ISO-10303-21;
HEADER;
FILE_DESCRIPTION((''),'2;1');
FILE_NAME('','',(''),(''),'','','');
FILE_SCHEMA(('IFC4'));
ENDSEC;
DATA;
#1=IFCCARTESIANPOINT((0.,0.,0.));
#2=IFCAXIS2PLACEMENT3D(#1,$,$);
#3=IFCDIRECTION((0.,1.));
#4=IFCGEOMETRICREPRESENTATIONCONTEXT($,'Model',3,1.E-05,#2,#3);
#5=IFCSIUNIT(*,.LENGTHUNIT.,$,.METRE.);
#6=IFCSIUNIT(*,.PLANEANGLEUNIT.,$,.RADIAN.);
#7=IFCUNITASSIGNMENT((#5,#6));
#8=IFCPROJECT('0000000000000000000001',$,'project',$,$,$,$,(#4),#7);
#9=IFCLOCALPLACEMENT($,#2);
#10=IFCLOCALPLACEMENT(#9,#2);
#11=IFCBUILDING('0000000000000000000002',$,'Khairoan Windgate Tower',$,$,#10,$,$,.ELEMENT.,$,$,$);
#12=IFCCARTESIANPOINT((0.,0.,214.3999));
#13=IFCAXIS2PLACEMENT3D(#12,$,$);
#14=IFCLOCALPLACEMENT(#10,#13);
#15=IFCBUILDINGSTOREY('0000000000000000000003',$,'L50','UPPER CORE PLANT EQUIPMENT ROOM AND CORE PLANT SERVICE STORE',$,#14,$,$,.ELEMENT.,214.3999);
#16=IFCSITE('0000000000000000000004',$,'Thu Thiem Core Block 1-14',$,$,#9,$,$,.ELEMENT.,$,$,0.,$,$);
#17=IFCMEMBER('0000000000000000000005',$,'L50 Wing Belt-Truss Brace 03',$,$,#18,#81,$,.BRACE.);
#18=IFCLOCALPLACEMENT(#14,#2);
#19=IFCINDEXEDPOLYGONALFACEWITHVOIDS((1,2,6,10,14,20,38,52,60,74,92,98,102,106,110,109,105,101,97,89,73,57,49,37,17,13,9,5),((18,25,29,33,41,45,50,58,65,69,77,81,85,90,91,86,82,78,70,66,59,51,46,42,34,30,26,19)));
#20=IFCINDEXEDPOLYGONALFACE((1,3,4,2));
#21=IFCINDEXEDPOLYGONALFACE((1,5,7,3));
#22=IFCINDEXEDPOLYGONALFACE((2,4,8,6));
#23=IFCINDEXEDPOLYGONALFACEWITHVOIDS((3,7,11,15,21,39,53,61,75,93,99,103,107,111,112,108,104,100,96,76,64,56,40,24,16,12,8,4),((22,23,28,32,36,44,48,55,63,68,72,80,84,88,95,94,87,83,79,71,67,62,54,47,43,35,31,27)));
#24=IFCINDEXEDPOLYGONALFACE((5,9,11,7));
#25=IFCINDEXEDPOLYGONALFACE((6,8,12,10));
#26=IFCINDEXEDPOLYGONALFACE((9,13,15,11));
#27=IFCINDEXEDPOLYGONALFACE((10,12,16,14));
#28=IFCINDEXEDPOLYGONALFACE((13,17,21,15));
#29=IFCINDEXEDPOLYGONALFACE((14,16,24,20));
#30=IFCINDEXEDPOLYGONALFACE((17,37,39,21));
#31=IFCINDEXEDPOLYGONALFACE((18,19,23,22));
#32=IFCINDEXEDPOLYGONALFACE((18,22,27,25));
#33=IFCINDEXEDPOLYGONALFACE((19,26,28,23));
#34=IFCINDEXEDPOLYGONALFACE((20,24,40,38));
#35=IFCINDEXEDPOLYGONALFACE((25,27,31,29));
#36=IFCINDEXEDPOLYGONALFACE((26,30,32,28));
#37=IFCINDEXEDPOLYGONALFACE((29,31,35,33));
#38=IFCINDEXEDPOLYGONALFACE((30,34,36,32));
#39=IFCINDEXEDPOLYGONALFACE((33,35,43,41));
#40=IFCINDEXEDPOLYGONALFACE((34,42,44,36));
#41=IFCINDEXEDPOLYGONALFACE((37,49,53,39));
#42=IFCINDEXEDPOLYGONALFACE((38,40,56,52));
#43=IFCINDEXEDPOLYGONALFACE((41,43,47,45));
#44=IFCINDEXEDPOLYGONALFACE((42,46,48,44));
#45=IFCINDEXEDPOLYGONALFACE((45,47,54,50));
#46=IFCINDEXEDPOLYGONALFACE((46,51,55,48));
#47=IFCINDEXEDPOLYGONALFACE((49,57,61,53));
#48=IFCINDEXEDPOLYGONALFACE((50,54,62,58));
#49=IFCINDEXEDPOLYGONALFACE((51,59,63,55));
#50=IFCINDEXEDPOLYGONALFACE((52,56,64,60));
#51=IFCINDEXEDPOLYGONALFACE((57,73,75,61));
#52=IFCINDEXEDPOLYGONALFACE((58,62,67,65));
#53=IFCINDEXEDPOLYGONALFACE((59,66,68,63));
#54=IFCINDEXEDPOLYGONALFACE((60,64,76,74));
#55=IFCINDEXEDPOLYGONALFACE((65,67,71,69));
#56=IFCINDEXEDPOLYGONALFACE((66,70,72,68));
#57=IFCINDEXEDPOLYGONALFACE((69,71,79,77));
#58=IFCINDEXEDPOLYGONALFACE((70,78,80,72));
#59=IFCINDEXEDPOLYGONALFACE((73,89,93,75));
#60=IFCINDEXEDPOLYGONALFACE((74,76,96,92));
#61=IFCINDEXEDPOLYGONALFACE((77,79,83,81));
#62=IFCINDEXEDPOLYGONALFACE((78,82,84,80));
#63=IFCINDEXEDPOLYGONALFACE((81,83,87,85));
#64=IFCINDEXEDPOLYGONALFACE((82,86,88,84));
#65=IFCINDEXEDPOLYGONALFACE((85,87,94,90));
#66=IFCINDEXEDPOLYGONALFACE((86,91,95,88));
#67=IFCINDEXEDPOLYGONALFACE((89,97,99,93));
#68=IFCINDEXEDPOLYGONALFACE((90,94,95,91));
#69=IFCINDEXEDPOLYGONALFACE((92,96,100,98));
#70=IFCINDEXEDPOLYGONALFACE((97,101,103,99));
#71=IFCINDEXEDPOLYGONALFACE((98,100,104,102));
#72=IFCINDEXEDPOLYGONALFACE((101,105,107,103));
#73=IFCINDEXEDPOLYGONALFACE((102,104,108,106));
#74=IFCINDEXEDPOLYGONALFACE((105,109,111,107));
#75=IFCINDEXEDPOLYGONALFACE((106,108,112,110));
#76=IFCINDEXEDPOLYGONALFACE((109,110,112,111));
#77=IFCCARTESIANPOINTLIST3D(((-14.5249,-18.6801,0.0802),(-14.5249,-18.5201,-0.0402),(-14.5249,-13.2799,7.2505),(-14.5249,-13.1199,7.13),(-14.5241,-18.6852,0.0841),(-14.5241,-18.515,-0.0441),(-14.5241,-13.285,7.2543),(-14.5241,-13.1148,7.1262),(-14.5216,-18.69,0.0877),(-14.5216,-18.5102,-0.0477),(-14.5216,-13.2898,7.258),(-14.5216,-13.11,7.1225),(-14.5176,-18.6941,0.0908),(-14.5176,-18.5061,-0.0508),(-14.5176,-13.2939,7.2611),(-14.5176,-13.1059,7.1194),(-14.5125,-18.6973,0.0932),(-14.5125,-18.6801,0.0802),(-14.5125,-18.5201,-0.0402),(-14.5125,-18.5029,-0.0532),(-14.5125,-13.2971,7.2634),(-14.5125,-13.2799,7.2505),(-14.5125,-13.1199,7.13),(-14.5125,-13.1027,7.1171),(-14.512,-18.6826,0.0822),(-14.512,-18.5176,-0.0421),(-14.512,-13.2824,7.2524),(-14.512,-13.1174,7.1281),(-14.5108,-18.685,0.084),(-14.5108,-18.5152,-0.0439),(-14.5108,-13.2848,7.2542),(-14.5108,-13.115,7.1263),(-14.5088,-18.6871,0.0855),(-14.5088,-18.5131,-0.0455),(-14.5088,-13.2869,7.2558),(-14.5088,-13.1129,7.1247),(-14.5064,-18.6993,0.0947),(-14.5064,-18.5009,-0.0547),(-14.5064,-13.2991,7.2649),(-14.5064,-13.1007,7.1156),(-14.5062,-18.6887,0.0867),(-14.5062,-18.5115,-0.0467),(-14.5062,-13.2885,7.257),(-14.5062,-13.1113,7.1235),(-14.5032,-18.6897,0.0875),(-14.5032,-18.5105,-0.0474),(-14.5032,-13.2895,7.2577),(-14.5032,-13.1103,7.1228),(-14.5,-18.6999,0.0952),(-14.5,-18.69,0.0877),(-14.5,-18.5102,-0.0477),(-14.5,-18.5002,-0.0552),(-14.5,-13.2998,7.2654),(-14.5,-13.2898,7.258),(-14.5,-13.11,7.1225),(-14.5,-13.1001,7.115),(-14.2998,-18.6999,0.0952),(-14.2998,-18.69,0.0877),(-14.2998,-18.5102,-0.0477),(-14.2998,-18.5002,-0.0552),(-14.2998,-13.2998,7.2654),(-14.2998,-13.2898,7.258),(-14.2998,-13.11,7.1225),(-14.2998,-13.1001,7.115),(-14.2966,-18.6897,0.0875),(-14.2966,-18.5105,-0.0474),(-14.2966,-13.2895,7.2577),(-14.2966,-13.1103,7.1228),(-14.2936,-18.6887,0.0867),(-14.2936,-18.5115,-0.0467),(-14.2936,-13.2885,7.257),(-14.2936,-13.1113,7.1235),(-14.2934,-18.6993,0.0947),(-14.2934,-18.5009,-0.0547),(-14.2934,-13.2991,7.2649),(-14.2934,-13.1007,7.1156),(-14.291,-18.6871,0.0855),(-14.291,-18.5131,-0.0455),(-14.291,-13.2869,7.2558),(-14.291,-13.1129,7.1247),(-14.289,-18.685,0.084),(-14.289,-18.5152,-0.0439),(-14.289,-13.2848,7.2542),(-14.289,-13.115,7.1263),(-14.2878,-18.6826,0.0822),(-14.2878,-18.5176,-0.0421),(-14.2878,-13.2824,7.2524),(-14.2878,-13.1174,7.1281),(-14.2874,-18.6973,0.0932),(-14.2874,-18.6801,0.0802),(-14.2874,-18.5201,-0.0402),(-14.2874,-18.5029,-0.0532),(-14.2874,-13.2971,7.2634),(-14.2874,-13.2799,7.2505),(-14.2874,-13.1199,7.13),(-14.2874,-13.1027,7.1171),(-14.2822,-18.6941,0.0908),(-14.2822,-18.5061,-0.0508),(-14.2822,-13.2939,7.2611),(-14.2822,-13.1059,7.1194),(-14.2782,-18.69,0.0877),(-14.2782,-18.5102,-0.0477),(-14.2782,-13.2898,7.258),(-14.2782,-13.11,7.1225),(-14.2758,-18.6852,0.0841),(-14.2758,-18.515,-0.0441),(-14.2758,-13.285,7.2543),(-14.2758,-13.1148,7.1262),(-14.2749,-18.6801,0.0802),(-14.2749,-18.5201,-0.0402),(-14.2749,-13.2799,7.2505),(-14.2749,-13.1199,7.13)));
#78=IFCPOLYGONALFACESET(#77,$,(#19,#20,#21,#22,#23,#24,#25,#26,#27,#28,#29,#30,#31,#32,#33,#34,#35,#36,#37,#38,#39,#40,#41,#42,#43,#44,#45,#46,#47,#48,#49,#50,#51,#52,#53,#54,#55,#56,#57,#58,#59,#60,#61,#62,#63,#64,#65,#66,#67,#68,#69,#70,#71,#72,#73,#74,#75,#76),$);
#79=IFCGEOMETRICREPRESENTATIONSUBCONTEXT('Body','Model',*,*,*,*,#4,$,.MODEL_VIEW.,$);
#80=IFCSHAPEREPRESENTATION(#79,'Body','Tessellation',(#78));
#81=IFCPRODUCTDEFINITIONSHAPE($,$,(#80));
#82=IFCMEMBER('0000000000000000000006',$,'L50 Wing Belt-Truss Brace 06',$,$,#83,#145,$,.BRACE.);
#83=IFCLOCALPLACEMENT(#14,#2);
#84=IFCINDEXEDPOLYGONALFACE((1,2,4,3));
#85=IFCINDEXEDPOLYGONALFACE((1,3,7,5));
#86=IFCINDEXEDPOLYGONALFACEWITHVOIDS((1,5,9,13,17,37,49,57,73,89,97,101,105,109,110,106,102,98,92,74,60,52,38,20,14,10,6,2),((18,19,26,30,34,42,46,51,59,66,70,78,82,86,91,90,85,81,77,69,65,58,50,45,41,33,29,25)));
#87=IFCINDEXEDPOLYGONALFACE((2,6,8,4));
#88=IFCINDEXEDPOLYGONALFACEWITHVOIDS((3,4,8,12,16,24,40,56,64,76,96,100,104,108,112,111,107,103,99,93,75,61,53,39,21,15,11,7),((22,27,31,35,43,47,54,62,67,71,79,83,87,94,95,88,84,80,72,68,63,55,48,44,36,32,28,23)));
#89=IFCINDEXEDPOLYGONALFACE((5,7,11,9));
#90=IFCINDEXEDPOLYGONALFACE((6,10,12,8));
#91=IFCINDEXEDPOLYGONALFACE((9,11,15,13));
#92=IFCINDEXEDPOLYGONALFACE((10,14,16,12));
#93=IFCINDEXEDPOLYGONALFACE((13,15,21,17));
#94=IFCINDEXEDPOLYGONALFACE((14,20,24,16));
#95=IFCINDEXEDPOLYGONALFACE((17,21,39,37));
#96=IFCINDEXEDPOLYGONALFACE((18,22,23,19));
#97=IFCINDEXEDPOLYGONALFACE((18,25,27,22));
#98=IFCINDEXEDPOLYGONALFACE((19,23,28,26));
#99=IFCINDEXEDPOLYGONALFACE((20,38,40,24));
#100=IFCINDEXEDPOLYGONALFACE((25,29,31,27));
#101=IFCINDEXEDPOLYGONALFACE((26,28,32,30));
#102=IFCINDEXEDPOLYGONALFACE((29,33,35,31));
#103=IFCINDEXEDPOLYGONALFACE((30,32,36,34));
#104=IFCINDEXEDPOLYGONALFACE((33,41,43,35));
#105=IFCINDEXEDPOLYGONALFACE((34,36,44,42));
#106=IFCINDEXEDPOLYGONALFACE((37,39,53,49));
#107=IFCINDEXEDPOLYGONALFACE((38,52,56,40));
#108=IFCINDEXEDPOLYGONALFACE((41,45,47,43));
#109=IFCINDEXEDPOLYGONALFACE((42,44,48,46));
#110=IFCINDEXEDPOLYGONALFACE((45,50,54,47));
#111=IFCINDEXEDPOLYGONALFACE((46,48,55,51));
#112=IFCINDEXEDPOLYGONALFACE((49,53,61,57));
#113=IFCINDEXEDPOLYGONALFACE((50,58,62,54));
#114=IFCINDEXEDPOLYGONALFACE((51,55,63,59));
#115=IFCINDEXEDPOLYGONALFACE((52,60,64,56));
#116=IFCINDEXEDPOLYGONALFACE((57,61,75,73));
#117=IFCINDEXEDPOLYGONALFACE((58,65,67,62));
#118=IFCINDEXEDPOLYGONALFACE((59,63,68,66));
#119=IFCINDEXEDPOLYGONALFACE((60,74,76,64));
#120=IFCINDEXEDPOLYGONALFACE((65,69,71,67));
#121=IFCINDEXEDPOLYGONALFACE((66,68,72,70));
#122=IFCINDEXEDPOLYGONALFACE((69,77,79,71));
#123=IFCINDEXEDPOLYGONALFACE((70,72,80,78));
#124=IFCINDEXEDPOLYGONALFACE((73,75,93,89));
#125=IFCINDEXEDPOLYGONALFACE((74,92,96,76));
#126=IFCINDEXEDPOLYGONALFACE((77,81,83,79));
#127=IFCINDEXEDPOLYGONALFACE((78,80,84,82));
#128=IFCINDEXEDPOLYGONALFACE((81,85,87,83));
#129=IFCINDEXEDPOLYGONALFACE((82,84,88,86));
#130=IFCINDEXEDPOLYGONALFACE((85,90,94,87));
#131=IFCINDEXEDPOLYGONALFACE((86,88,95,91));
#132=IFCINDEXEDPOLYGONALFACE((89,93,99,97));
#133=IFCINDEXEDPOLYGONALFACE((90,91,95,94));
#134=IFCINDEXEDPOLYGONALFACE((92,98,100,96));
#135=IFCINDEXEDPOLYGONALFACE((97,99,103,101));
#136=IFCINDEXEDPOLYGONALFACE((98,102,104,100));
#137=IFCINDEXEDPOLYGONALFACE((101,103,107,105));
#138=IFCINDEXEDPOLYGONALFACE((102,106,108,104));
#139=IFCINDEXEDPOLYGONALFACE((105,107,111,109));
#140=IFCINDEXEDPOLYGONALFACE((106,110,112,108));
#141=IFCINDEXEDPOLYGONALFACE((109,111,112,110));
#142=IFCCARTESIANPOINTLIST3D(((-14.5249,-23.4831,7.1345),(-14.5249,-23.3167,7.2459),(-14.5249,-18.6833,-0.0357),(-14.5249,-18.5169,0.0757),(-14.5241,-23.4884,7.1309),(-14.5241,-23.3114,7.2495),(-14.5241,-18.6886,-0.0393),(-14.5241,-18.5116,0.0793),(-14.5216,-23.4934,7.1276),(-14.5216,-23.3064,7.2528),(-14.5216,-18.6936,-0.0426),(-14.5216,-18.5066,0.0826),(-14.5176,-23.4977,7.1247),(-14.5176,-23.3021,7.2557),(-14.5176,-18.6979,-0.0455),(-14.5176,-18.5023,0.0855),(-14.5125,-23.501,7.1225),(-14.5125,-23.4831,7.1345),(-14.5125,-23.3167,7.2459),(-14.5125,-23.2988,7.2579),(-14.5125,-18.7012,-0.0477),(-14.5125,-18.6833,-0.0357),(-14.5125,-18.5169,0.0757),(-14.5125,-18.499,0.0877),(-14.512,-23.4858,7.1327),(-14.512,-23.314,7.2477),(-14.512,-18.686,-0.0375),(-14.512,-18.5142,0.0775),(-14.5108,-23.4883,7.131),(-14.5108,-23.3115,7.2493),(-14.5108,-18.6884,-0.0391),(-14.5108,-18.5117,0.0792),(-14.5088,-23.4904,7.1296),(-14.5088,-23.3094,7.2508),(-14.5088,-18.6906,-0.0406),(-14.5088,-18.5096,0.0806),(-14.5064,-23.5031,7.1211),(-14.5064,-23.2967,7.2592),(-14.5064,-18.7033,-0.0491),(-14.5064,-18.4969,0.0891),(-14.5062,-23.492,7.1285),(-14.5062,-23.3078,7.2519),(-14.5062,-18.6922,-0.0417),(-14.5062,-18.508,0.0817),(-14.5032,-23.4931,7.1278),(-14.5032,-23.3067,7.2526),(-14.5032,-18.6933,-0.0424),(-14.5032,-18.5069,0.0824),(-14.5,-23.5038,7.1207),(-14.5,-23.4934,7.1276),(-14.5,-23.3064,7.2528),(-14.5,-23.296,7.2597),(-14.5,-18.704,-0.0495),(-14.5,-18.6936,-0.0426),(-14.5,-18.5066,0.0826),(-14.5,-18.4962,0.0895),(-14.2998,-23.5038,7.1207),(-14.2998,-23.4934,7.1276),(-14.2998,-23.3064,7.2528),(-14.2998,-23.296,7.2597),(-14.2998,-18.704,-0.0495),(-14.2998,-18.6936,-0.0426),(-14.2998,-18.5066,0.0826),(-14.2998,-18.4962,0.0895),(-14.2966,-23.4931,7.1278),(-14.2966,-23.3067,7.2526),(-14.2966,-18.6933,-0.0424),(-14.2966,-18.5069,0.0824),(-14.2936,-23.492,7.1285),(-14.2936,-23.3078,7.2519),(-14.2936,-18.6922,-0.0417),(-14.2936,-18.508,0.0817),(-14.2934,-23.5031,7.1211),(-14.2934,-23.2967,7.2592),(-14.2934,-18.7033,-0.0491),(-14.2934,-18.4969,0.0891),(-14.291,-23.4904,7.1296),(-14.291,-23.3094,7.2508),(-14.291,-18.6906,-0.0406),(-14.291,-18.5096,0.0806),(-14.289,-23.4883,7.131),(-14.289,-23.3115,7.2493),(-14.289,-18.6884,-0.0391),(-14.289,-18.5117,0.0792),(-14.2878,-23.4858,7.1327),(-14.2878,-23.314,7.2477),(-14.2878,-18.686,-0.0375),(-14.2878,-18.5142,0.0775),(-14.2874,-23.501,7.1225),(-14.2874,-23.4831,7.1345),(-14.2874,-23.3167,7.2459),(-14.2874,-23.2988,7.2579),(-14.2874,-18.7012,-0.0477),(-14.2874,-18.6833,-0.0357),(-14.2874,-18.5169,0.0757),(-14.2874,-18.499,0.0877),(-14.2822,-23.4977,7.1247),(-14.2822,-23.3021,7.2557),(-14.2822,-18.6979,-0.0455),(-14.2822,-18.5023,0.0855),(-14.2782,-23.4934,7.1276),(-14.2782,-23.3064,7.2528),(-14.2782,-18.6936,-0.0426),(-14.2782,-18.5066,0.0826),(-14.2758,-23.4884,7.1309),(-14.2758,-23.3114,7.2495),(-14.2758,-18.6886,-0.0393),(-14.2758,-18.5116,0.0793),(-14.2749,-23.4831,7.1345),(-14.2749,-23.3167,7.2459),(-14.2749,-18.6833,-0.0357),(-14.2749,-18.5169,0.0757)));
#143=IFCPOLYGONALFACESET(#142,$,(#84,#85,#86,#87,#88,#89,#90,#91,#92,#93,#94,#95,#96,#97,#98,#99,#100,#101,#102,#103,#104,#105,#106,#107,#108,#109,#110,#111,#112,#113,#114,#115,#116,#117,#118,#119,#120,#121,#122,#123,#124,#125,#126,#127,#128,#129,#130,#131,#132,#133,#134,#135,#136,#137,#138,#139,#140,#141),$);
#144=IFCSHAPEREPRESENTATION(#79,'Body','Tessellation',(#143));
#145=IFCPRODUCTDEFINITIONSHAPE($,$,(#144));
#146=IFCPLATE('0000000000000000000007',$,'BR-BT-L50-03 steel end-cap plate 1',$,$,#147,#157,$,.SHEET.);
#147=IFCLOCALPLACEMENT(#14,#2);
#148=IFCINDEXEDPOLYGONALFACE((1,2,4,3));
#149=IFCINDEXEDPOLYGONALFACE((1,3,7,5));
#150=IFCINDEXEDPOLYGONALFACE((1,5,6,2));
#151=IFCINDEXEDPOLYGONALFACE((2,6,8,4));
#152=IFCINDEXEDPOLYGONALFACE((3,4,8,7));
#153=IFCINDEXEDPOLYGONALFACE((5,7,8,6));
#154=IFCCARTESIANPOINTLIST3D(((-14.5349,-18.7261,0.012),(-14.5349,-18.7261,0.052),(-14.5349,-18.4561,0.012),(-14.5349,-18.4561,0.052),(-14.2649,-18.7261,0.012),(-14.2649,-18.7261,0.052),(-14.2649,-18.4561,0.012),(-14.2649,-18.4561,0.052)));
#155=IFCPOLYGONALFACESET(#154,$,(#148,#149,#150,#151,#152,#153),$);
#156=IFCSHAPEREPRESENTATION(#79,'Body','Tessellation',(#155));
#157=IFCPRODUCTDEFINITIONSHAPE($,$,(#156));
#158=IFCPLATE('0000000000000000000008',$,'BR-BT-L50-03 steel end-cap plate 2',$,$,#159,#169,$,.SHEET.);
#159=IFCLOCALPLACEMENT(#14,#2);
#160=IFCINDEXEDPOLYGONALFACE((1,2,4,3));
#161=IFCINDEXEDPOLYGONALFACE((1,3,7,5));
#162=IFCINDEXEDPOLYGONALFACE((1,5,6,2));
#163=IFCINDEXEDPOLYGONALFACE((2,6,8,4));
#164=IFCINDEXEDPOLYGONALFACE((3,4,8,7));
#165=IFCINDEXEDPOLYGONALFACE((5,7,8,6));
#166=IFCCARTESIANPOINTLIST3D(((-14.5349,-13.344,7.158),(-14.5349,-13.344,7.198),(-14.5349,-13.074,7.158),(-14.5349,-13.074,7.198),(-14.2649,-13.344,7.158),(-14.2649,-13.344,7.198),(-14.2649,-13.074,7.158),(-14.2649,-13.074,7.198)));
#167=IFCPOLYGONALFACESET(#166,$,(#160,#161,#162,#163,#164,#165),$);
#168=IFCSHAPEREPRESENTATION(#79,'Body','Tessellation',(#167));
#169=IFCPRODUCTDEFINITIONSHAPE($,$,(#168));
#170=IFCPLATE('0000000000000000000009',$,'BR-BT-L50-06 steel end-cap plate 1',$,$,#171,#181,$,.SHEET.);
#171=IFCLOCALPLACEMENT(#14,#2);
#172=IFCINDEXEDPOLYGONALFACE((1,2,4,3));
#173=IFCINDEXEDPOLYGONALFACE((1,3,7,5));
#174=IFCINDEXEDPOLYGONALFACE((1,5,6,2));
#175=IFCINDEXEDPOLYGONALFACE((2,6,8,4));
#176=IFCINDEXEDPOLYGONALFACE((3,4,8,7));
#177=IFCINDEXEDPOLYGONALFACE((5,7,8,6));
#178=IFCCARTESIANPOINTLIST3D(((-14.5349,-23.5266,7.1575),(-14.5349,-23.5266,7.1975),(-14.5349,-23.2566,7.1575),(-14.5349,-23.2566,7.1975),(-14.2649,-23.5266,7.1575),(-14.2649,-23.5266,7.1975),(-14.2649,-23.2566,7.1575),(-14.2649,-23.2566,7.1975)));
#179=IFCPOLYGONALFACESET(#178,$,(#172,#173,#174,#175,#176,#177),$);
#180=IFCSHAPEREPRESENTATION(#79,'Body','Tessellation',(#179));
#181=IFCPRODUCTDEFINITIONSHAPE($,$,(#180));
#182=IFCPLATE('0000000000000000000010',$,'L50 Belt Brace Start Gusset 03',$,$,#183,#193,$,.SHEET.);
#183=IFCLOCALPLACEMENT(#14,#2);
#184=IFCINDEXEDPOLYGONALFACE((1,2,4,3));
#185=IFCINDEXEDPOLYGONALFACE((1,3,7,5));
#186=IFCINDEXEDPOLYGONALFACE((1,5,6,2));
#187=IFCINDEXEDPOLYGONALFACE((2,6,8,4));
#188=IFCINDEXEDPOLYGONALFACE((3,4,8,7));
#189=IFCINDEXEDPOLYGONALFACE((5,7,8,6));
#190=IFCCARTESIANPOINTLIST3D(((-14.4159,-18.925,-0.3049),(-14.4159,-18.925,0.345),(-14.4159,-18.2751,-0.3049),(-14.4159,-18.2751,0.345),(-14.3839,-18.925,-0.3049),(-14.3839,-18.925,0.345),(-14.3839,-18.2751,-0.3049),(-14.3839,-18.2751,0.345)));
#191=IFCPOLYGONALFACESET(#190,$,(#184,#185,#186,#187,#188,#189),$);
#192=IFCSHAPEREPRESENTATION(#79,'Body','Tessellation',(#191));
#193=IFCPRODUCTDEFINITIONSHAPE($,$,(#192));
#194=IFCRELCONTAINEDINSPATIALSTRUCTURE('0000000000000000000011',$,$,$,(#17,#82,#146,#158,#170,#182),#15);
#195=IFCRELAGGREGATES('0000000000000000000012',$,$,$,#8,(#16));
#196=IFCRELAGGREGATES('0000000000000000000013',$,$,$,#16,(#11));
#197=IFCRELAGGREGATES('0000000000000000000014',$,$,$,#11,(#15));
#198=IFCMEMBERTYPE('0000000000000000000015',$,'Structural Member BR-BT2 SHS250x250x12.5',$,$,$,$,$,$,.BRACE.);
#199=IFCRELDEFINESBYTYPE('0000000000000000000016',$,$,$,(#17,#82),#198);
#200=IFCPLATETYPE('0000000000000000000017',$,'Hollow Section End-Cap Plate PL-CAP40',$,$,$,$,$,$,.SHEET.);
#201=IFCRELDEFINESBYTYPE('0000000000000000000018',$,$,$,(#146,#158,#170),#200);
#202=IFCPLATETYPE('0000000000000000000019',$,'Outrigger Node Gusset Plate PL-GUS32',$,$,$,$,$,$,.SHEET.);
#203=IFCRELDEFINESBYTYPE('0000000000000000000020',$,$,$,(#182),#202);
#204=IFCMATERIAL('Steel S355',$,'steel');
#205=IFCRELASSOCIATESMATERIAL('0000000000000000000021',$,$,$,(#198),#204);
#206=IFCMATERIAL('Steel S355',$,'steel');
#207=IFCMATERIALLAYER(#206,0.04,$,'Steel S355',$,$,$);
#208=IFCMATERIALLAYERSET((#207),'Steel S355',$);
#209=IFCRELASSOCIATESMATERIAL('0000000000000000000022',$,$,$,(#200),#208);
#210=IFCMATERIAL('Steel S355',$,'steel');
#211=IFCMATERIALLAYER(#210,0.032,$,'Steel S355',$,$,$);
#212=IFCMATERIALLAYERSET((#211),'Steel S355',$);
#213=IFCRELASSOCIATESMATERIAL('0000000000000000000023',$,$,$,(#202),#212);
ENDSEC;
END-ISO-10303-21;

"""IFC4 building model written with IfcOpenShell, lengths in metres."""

from ifc_helpers import new_model, si_unit, direction, frame, origin, origin_2d, place, context, subcontext, project, spatial, rectangle, hollow_rectangle, extrude, material, layer, layer_set, material_profile, profile_set, type_object, element, save


model = new_model("IFC4")

# Units and contexts
model_context = context("Model", 3, precision=1e-05, world=origin(), true_north=direction((0.0, 1.0)))
body_context = subcontext(model_context, "Body", "Model", "MODEL_VIEW")
ifc_project = project(units=[si_unit("LENGTHUNIT", "METRE"), si_unit("PLANEANGLEUNIT", "RADIAN")], contexts=[model_context])

# Site, building, storey
site_placement = place(None, origin())
site = spatial("IfcSite", under=ifc_project, at=site_placement, Name="Thu Thiem Core Block 1-14", CompositionType="ELEMENT", RefElevation=0.0)
building_placement = place(site_placement, origin())
building = spatial("IfcBuilding", under=site, at=building_placement, Name="Khairoan Windgate Tower", CompositionType="ELEMENT")
storey_placement = place(building_placement, frame((0.0, 0.0, 214.3999)))
storey = spatial("IfcBuildingStorey", under=building, at=storey_placement, Name="L50", Description="UPPER CORE PLANT EQUIPMENT ROOM AND CORE PLANT SERVICE STORE", CompositionType="ELEMENT", Elevation=214.3999)

# Members
ifc_material_1 = material(Name="Steel S355", Category="steel")
ifc_material_profile_1 = material_profile(ifc_material_1, hollow_rectangle(XDim=0.25, YDim=0.25, WallThickness=0.0125, InnerFilletRadius=0.0125, OuterFilletRadius=0.0249, at=origin_2d()))
ifc_profile_set_1 = profile_set([ifc_material_profile_1], Name="Steel S355")
member_type = type_object("IfcMemberType", Name="Structural Member BR-BT2 SHS250x250x12.5", PredefinedType="BRACE", material=ifc_profile_set_1)
member_1_placement = place(storey_placement, frame((-14.3999, -18.6001, 0.02), z_axis=(0.0, 0.601605, 0.798794), x_axis=(0.0, -0.798794, 0.601605)))
element("IfcMember", 1, at=member_1_placement, inside=storey, type_object=member_type, Name="L50 Wing Belt-Truss Brace 03", PredefinedType="BRACE", context=body_context, shape_type="SweptSolid", body=[
    extrude(hollow_rectangle(XDim=0.25, YDim=0.25, WallThickness=0.0125, InnerFilletRadius=0.0125, OuterFilletRadius=0.0249, at=origin_2d()), origin(), (0.0, 0.0, 1.0), 8.9763),
])
member_2_placement = place(storey_placement, frame((-14.3999, -23.3999, 7.1902), z_axis=(0.0, 0.556279, -0.830995), x_axis=(0.0, 0.830995, 0.556279)))
element("IfcMember", 2, at=member_2_placement, inside=storey, type_object=member_type, Name="L50 Wing Belt-Truss Brace 06", PredefinedType="BRACE", context=body_context, shape_type="SweptSolid", body=[
    extrude(hollow_rectangle(XDim=0.25, YDim=0.25, WallThickness=0.0125, InnerFilletRadius=0.0125, OuterFilletRadius=0.0249, at=origin_2d()), origin(), (0.0, 0.0, 1.0), 8.6284),
])

# Plates
ifc_material_2 = material(Name="Steel S355", Category="steel")
ifc_layer_1 = layer(ifc_material_2, 0.04, Name="Steel S355")
ifc_layer_set_1 = layer_set([ifc_layer_1], Name="Steel S355")
plate_type_1 = type_object("IfcPlateType", Name="Hollow Section End-Cap Plate PL-CAP40", PredefinedType="SHEET", material=ifc_layer_set_1)
for number, where, z_axis, x_axis, name in (
    (3, (-14.3999, -18.5911, 0.012), (0.0, 0.0, 1.0), (0.0, 1.0, 0.0), "BR-BT-L50-03 steel end-cap plate 1"),
    (4, (-14.3999, -13.209, 7.158), (0.0, 0.0, 1.0), (0.0, 1.0, 0.0), "BR-BT-L50-03 steel end-cap plate 2"),
    (5, (-14.3999, -23.3916, 7.1575), (0.0, 0.0, 1.0), (0.0, 1.0, 0.0), "BR-BT-L50-06 steel end-cap plate 1"),
):
    element("IfcPlate", number, at=place(storey_placement, frame(where, z_axis=z_axis, x_axis=x_axis)), inside=storey, type_object=plate_type_1, Name=name, PredefinedType="SHEET", context=body_context, shape_type="SweptSolid", body=[
        extrude(rectangle(XDim=0.27, YDim=0.27, at=origin_2d()), origin(), (0.0, 0.0, 1.0), 0.04),
    ])
ifc_material_3 = material(Name="Steel S355", Category="steel")
ifc_layer_2 = layer(ifc_material_3, 0.032, Name="Steel S355")
ifc_layer_set_2 = layer_set([ifc_layer_2], Name="Steel S355")
plate_type_2 = type_object("IfcPlateType", Name="Outrigger Node Gusset Plate PL-GUS32", PredefinedType="SHEET", material=ifc_layer_set_2)
plate_placement = place(storey_placement, frame((-14.3999, -18.6001, -0.3049), z_axis=(0.0, 0.0, 1.0), x_axis=(1.0, 0.0, 0.0)))
element("IfcPlate", 6, at=plate_placement, inside=storey, type_object=plate_type_2, Name="L50 Belt Brace Start Gusset 03", PredefinedType="SHEET", context=body_context, shape_type="SweptSolid", body=[
    extrude(rectangle(XDim=0.032, YDim=0.6499, at=origin_2d()), origin(), (0.0, 0.0, 1.0), 0.6499),
])

save(model, "model.ifc")
